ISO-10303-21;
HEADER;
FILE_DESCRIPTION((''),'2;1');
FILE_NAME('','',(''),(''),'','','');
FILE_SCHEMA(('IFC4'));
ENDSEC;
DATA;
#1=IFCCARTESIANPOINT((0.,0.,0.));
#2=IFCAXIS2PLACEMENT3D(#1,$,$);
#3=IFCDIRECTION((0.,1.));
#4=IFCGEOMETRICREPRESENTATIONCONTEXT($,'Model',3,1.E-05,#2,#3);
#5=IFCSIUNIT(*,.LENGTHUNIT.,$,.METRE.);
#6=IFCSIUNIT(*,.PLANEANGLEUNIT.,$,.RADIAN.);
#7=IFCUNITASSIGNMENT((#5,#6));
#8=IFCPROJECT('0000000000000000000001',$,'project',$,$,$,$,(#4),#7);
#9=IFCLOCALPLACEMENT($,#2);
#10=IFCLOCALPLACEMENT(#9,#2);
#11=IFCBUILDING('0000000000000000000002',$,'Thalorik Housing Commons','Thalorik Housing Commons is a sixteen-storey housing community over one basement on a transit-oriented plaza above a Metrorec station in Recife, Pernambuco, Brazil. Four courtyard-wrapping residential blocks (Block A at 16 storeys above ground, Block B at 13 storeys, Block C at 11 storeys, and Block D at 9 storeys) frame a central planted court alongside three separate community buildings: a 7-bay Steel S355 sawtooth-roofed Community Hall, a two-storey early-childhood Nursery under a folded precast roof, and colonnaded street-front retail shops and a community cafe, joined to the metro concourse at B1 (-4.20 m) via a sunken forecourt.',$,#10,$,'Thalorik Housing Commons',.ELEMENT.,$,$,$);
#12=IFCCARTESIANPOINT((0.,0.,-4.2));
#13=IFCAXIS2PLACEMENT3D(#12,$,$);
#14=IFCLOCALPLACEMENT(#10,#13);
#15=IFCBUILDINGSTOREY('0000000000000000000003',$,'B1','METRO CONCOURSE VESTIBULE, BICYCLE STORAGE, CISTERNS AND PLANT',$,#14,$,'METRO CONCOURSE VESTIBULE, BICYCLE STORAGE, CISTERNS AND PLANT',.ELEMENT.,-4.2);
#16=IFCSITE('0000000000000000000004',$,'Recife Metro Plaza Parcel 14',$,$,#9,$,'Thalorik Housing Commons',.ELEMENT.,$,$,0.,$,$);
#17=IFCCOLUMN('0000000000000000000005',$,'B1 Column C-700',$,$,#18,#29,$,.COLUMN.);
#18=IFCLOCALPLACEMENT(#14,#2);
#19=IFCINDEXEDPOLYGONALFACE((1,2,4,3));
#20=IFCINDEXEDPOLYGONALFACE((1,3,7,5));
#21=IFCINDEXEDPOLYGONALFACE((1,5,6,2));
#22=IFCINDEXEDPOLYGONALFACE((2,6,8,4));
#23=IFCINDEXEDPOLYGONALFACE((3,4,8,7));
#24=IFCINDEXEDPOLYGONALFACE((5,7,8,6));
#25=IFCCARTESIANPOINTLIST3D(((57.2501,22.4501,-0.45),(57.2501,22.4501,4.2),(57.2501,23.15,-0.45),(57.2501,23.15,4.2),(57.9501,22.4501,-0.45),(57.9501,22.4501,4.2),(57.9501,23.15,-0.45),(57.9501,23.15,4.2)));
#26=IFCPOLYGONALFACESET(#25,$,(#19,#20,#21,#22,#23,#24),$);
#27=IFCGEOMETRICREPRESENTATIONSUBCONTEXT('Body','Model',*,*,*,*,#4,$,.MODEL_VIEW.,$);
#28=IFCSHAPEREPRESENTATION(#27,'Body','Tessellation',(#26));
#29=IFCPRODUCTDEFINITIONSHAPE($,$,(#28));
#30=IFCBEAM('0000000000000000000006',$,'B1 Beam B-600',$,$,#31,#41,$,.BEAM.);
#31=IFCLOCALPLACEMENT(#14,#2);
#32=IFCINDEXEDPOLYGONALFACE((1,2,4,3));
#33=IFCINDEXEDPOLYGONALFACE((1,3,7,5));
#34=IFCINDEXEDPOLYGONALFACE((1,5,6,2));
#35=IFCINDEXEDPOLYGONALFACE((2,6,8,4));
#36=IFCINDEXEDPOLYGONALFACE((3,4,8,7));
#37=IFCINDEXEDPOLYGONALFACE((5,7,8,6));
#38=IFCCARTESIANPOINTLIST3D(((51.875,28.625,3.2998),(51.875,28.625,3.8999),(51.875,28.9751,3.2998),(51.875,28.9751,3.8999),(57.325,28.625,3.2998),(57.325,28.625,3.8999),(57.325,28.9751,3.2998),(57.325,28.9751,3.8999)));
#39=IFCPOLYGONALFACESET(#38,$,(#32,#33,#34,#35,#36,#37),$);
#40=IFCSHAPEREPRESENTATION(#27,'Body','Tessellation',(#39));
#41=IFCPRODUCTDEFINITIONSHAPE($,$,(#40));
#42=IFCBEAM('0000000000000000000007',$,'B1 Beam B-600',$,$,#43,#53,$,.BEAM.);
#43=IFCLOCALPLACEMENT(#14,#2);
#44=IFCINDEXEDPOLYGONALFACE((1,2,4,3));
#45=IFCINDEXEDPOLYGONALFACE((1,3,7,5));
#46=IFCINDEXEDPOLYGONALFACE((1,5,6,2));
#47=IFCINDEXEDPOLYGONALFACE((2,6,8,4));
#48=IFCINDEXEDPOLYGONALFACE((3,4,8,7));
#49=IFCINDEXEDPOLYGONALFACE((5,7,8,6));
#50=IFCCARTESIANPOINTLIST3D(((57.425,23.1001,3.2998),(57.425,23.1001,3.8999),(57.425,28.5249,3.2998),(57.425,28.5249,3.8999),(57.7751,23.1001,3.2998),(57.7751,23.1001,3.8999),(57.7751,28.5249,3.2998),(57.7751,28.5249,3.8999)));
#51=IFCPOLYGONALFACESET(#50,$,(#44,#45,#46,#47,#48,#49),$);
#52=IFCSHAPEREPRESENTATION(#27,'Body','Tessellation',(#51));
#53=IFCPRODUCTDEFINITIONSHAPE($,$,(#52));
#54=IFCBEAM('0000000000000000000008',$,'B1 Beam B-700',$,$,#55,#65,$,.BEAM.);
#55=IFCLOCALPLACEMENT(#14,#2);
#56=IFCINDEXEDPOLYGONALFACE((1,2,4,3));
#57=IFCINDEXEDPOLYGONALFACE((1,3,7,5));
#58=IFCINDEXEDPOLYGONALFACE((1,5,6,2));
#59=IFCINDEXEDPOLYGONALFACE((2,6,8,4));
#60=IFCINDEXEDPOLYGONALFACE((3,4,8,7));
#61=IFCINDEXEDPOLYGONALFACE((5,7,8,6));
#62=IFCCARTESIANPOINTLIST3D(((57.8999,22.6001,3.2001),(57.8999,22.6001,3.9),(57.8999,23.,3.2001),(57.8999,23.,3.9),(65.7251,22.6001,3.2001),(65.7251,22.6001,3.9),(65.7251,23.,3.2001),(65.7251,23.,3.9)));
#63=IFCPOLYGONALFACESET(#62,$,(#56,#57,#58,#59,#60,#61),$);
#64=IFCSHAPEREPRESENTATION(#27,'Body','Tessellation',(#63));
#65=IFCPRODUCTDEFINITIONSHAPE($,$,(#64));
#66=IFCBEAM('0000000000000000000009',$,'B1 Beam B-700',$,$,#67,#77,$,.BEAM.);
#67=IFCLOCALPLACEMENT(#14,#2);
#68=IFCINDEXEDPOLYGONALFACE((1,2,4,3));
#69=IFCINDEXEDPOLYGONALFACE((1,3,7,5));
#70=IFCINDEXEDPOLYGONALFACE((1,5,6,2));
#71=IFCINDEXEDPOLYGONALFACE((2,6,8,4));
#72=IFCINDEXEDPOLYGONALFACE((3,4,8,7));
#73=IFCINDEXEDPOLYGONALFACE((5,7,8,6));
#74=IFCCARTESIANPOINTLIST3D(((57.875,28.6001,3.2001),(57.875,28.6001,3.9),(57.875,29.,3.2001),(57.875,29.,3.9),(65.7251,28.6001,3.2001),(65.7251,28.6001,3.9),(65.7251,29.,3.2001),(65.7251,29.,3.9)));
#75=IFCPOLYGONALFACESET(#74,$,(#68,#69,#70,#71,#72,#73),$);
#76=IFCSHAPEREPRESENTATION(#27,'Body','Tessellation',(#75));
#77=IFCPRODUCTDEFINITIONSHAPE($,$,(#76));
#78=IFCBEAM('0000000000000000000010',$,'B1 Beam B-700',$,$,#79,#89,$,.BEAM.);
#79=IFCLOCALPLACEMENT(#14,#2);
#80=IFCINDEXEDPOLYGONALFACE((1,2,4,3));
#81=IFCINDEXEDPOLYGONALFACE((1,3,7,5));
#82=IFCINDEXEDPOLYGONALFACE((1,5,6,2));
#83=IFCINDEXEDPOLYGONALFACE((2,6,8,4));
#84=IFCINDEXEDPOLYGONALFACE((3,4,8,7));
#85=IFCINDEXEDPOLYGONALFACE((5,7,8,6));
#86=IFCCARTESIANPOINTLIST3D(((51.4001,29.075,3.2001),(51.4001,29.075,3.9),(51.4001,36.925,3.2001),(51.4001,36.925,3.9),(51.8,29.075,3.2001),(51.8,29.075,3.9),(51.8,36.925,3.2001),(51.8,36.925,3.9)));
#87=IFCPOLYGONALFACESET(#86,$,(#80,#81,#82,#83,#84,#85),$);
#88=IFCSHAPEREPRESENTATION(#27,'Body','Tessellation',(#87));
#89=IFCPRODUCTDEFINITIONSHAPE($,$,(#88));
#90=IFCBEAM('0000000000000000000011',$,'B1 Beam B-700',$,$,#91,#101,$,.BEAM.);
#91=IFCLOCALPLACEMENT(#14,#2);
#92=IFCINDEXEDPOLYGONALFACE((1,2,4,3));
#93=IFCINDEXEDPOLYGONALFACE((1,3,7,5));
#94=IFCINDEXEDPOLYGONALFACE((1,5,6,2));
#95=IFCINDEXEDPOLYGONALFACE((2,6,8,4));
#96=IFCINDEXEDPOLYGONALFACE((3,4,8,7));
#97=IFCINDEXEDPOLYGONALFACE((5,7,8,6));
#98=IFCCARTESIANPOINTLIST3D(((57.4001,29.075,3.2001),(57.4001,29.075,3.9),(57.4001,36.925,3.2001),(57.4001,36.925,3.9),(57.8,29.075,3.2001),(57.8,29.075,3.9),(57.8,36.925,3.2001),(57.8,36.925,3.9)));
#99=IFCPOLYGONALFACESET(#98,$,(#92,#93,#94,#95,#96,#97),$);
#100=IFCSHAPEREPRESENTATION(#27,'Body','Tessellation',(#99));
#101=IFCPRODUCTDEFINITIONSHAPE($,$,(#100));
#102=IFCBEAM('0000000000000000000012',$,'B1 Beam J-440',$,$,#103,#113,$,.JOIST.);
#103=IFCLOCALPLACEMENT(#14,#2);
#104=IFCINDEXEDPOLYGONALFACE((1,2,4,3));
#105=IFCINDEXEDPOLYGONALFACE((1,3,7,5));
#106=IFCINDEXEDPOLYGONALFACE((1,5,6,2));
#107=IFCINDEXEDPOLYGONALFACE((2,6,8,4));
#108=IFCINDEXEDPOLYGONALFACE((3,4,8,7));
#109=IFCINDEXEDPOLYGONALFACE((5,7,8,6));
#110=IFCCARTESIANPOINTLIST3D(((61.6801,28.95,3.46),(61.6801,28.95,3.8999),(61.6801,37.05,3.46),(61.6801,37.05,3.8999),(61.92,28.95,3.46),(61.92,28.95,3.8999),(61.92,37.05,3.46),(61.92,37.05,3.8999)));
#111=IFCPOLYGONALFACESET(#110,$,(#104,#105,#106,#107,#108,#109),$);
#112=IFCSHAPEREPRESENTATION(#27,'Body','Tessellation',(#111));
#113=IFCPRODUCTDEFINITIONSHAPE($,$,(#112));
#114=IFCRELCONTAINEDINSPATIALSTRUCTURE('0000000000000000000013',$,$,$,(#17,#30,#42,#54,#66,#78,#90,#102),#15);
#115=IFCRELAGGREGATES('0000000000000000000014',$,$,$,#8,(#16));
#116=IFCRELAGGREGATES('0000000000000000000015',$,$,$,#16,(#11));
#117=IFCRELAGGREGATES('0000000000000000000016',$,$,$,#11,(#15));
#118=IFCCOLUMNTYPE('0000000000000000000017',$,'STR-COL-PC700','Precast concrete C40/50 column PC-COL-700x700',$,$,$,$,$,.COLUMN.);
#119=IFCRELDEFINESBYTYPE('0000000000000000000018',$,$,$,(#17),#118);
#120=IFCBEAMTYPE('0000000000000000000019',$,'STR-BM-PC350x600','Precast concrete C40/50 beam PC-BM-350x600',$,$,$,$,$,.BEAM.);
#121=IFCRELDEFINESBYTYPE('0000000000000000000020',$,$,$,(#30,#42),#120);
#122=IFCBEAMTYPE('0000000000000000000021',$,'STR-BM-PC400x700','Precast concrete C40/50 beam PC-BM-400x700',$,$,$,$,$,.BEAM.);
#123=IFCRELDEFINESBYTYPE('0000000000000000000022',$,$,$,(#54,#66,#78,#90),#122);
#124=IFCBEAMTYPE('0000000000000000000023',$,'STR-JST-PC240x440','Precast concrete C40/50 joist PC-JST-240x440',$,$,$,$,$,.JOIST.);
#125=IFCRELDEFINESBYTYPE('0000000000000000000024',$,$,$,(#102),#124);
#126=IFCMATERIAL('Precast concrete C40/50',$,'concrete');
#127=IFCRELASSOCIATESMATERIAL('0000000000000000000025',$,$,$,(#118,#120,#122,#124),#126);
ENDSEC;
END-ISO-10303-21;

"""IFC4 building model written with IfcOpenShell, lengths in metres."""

from ifc_helpers import new_model, si_unit, direction, frame, origin, origin_2d, place, context, subcontext, project, spatial, rectangle, extrude, material, material_profile, profile_set, type_object, element, save


model = new_model("IFC4")

# Units and contexts
model_context = context("Model", 3, precision=1e-05, world=origin(), true_north=direction((0.0, 1.0)))
body_context = subcontext(model_context, "Body", "Model", "MODEL_VIEW")
ifc_project = project(units=[si_unit("LENGTHUNIT", "METRE"), si_unit("PLANEANGLEUNIT", "RADIAN")], contexts=[model_context])

# Site, building, storey
site_placement = place(None, origin())
site = spatial("IfcSite", under=ifc_project, at=site_placement, Name="Recife Metro Plaza Parcel 14", LongName="Thalorik Housing Commons", CompositionType="ELEMENT", RefElevation=0.0)
building_placement = place(site_placement, origin())
building = spatial("IfcBuilding", under=site, at=building_placement, Name="Thalorik Housing Commons", Description="Thalorik Housing Commons is a sixteen-storey housing community over one basement on a transit-oriented plaza above a Metrorec station in Recife, Pernambuco, Brazil. Four courtyard-wrapping residential blocks (Block A at 16 storeys above ground, Block B at 13 storeys, Block C at 11 storeys, and Block D at 9 storeys) frame a central planted court alongside three separate community buildings: a 7-bay Steel S355 sawtooth-roofed Community Hall, a two-storey early-childhood Nursery under a folded precast roof, and colonnaded street-front retail shops and a community cafe, joined to the metro concourse at B1 (-4.20 m) via a sunken forecourt.", LongName="Thalorik Housing Commons", CompositionType="ELEMENT")
storey_placement = place(building_placement, frame((0.0, 0.0, -4.2)))
storey = spatial("IfcBuildingStorey", under=building, at=storey_placement, Name="B1", Description="METRO CONCOURSE VESTIBULE, BICYCLE STORAGE, CISTERNS AND PLANT", LongName="METRO CONCOURSE VESTIBULE, BICYCLE STORAGE, CISTERNS AND PLANT", CompositionType="ELEMENT", Elevation=-4.2)

# Column
ifc_material_1 = material(Name="Precast concrete C40/50", Category="concrete")
ifc_material_profile_1 = material_profile(ifc_material_1, rectangle(XDim=0.7, YDim=0.7, at=origin_2d()), Name="PC 700x700", Category="concrete")
ifc_profile_set_1 = profile_set([ifc_material_profile_1], Name="Precast concrete C40/50")
column_type_1 = type_object("IfcColumnType", Name="STR-COL-PC700", Description="Precast concrete C40/50 column PC-COL-700x700", PredefinedType="COLUMN", material=ifc_profile_set_1)
column_1_placement = place(storey_placement, frame((57.6001, 22.8, -0.45), z_axis=(0.0, 0.0, 1.0), x_axis=(1.0, 0.0, 0.0)))
element("IfcColumn", 1, at=column_1_placement, inside=storey, type_object=column_type_1, Name="B1 Column C-700", PredefinedType="COLUMN", context=body_context, shape_type="SweptSolid", body=[
    extrude(rectangle(XDim=0.7, YDim=0.7, at=origin_2d()), origin(), (0.0, 0.0, 1.0), 4.6499),
])

# Beams
ifc_material_profile_2 = material_profile(ifc_material_1, rectangle(XDim=0.3501, YDim=0.6001, at=origin_2d()), Name="PC 350x600", Category="concrete")
ifc_profile_set_2 = profile_set([ifc_material_profile_2], Name="Precast concrete C40/50")
beam_type_1 = type_object("IfcBeamType", Name="STR-BM-PC350x600", Description="Precast concrete C40/50 beam PC-BM-350x600", PredefinedType="BEAM", material=ifc_profile_set_2)
beam_1_placement = place(storey_placement, frame((51.875, 28.8, 3.5999), z_axis=(1.0, 0.0, 0.0), x_axis=(0.0, 1.0, 0.0)))
element("IfcBeam", 2, at=beam_1_placement, inside=storey, type_object=beam_type_1, Name="B1 Beam B-600", PredefinedType="BEAM", context=body_context, shape_type="SweptSolid", body=[
    extrude(rectangle(XDim=0.3501, YDim=0.6001, at=origin_2d()), origin(), (0.0, 0.0, 1.0), 5.45),
])
beam_2_placement = place(storey_placement, frame((57.6001, 23.1001, 3.5999), z_axis=(0.0, 1.0, 0.0), x_axis=(-1.0, 0.0, 0.0)))
element("IfcBeam", 3, at=beam_2_placement, inside=storey, type_object=beam_type_1, Name="B1 Beam B-600", PredefinedType="BEAM", context=body_context, shape_type="SweptSolid", body=[
    extrude(rectangle(XDim=0.3501, YDim=0.6001, at=origin_2d()), origin(), (0.0, 0.0, 1.0), 5.4248),
])
ifc_material_profile_3 = material_profile(ifc_material_1, rectangle(XDim=0.3999, YDim=0.7, at=origin_2d()), Name="PC 400x700", Category="concrete")
ifc_profile_set_3 = profile_set([ifc_material_profile_3], Name="Precast concrete C40/50")
beam_type_2 = type_object("IfcBeamType", Name="STR-BM-PC400x700", Description="Precast concrete C40/50 beam PC-BM-400x700", PredefinedType="BEAM", material=ifc_profile_set_3)
beam_3_placement = place(storey_placement, frame((57.8999, 22.8, 3.55), z_axis=(1.0, 0.0, 0.0), x_axis=(0.0, 1.0, 0.0)))
element("IfcBeam", 4, at=beam_3_placement, inside=storey, type_object=beam_type_2, Name="B1 Beam B-700", PredefinedType="BEAM", context=body_context, shape_type="SweptSolid", body=[
    extrude(rectangle(XDim=0.3999, YDim=0.7, at=origin_2d()), origin(), (0.0, 0.0, 1.0), 7.8252),
])
for number, where, z_axis, x_axis, name in (
    (5, (57.875, 28.8, 3.55), (1.0, 0.0, 0.0), (0.0, 1.0, 0.0), "B1 Beam B-700"),
    (6, (51.6001, 29.075, 3.55), (0.0, 1.0, 0.0), (-1.0, 0.0, 0.0), "B1 Beam B-700"),
    (7, (57.6001, 29.075, 3.55), (0.0, 1.0, 0.0), (-1.0, 0.0, 0.0), "B1 Beam B-700"),
):
    element("IfcBeam", number, at=place(storey_placement, frame(where, z_axis=z_axis, x_axis=x_axis)), inside=storey, type_object=beam_type_2, Name=name, PredefinedType="BEAM", context=body_context, shape_type="SweptSolid", body=[
        extrude(rectangle(XDim=0.3999, YDim=0.7, at=origin_2d()), origin(), (0.0, 0.0, 1.0), 7.8501),
    ])
ifc_material_profile_4 = material_profile(ifc_material_1, rectangle(XDim=0.24, YDim=0.4399, at=origin_2d()), Name="PC JST 240x440", Category="concrete")
ifc_profile_set_4 = profile_set([ifc_material_profile_4], Name="Precast concrete C40/50")
beam_type_3 = type_object("IfcBeamType", Name="STR-JST-PC240x440", Description="Precast concrete C40/50 joist PC-JST-240x440", PredefinedType="JOIST", material=ifc_profile_set_4)
beam_4_placement = place(storey_placement, frame((61.8, 28.95, 3.6799), z_axis=(0.0, 1.0, 0.0), x_axis=(-1.0, 0.0, 0.0)))
element("IfcBeam", 8, at=beam_4_placement, inside=storey, type_object=beam_type_3, Name="B1 Beam J-440", PredefinedType="JOIST", context=body_context, shape_type="SweptSolid", body=[
    extrude(rectangle(XDim=0.24, YDim=0.4399, at=origin_2d()), origin(), (0.0, 0.0, 1.0), 8.1001),
])

save(model, "model.ifc")
